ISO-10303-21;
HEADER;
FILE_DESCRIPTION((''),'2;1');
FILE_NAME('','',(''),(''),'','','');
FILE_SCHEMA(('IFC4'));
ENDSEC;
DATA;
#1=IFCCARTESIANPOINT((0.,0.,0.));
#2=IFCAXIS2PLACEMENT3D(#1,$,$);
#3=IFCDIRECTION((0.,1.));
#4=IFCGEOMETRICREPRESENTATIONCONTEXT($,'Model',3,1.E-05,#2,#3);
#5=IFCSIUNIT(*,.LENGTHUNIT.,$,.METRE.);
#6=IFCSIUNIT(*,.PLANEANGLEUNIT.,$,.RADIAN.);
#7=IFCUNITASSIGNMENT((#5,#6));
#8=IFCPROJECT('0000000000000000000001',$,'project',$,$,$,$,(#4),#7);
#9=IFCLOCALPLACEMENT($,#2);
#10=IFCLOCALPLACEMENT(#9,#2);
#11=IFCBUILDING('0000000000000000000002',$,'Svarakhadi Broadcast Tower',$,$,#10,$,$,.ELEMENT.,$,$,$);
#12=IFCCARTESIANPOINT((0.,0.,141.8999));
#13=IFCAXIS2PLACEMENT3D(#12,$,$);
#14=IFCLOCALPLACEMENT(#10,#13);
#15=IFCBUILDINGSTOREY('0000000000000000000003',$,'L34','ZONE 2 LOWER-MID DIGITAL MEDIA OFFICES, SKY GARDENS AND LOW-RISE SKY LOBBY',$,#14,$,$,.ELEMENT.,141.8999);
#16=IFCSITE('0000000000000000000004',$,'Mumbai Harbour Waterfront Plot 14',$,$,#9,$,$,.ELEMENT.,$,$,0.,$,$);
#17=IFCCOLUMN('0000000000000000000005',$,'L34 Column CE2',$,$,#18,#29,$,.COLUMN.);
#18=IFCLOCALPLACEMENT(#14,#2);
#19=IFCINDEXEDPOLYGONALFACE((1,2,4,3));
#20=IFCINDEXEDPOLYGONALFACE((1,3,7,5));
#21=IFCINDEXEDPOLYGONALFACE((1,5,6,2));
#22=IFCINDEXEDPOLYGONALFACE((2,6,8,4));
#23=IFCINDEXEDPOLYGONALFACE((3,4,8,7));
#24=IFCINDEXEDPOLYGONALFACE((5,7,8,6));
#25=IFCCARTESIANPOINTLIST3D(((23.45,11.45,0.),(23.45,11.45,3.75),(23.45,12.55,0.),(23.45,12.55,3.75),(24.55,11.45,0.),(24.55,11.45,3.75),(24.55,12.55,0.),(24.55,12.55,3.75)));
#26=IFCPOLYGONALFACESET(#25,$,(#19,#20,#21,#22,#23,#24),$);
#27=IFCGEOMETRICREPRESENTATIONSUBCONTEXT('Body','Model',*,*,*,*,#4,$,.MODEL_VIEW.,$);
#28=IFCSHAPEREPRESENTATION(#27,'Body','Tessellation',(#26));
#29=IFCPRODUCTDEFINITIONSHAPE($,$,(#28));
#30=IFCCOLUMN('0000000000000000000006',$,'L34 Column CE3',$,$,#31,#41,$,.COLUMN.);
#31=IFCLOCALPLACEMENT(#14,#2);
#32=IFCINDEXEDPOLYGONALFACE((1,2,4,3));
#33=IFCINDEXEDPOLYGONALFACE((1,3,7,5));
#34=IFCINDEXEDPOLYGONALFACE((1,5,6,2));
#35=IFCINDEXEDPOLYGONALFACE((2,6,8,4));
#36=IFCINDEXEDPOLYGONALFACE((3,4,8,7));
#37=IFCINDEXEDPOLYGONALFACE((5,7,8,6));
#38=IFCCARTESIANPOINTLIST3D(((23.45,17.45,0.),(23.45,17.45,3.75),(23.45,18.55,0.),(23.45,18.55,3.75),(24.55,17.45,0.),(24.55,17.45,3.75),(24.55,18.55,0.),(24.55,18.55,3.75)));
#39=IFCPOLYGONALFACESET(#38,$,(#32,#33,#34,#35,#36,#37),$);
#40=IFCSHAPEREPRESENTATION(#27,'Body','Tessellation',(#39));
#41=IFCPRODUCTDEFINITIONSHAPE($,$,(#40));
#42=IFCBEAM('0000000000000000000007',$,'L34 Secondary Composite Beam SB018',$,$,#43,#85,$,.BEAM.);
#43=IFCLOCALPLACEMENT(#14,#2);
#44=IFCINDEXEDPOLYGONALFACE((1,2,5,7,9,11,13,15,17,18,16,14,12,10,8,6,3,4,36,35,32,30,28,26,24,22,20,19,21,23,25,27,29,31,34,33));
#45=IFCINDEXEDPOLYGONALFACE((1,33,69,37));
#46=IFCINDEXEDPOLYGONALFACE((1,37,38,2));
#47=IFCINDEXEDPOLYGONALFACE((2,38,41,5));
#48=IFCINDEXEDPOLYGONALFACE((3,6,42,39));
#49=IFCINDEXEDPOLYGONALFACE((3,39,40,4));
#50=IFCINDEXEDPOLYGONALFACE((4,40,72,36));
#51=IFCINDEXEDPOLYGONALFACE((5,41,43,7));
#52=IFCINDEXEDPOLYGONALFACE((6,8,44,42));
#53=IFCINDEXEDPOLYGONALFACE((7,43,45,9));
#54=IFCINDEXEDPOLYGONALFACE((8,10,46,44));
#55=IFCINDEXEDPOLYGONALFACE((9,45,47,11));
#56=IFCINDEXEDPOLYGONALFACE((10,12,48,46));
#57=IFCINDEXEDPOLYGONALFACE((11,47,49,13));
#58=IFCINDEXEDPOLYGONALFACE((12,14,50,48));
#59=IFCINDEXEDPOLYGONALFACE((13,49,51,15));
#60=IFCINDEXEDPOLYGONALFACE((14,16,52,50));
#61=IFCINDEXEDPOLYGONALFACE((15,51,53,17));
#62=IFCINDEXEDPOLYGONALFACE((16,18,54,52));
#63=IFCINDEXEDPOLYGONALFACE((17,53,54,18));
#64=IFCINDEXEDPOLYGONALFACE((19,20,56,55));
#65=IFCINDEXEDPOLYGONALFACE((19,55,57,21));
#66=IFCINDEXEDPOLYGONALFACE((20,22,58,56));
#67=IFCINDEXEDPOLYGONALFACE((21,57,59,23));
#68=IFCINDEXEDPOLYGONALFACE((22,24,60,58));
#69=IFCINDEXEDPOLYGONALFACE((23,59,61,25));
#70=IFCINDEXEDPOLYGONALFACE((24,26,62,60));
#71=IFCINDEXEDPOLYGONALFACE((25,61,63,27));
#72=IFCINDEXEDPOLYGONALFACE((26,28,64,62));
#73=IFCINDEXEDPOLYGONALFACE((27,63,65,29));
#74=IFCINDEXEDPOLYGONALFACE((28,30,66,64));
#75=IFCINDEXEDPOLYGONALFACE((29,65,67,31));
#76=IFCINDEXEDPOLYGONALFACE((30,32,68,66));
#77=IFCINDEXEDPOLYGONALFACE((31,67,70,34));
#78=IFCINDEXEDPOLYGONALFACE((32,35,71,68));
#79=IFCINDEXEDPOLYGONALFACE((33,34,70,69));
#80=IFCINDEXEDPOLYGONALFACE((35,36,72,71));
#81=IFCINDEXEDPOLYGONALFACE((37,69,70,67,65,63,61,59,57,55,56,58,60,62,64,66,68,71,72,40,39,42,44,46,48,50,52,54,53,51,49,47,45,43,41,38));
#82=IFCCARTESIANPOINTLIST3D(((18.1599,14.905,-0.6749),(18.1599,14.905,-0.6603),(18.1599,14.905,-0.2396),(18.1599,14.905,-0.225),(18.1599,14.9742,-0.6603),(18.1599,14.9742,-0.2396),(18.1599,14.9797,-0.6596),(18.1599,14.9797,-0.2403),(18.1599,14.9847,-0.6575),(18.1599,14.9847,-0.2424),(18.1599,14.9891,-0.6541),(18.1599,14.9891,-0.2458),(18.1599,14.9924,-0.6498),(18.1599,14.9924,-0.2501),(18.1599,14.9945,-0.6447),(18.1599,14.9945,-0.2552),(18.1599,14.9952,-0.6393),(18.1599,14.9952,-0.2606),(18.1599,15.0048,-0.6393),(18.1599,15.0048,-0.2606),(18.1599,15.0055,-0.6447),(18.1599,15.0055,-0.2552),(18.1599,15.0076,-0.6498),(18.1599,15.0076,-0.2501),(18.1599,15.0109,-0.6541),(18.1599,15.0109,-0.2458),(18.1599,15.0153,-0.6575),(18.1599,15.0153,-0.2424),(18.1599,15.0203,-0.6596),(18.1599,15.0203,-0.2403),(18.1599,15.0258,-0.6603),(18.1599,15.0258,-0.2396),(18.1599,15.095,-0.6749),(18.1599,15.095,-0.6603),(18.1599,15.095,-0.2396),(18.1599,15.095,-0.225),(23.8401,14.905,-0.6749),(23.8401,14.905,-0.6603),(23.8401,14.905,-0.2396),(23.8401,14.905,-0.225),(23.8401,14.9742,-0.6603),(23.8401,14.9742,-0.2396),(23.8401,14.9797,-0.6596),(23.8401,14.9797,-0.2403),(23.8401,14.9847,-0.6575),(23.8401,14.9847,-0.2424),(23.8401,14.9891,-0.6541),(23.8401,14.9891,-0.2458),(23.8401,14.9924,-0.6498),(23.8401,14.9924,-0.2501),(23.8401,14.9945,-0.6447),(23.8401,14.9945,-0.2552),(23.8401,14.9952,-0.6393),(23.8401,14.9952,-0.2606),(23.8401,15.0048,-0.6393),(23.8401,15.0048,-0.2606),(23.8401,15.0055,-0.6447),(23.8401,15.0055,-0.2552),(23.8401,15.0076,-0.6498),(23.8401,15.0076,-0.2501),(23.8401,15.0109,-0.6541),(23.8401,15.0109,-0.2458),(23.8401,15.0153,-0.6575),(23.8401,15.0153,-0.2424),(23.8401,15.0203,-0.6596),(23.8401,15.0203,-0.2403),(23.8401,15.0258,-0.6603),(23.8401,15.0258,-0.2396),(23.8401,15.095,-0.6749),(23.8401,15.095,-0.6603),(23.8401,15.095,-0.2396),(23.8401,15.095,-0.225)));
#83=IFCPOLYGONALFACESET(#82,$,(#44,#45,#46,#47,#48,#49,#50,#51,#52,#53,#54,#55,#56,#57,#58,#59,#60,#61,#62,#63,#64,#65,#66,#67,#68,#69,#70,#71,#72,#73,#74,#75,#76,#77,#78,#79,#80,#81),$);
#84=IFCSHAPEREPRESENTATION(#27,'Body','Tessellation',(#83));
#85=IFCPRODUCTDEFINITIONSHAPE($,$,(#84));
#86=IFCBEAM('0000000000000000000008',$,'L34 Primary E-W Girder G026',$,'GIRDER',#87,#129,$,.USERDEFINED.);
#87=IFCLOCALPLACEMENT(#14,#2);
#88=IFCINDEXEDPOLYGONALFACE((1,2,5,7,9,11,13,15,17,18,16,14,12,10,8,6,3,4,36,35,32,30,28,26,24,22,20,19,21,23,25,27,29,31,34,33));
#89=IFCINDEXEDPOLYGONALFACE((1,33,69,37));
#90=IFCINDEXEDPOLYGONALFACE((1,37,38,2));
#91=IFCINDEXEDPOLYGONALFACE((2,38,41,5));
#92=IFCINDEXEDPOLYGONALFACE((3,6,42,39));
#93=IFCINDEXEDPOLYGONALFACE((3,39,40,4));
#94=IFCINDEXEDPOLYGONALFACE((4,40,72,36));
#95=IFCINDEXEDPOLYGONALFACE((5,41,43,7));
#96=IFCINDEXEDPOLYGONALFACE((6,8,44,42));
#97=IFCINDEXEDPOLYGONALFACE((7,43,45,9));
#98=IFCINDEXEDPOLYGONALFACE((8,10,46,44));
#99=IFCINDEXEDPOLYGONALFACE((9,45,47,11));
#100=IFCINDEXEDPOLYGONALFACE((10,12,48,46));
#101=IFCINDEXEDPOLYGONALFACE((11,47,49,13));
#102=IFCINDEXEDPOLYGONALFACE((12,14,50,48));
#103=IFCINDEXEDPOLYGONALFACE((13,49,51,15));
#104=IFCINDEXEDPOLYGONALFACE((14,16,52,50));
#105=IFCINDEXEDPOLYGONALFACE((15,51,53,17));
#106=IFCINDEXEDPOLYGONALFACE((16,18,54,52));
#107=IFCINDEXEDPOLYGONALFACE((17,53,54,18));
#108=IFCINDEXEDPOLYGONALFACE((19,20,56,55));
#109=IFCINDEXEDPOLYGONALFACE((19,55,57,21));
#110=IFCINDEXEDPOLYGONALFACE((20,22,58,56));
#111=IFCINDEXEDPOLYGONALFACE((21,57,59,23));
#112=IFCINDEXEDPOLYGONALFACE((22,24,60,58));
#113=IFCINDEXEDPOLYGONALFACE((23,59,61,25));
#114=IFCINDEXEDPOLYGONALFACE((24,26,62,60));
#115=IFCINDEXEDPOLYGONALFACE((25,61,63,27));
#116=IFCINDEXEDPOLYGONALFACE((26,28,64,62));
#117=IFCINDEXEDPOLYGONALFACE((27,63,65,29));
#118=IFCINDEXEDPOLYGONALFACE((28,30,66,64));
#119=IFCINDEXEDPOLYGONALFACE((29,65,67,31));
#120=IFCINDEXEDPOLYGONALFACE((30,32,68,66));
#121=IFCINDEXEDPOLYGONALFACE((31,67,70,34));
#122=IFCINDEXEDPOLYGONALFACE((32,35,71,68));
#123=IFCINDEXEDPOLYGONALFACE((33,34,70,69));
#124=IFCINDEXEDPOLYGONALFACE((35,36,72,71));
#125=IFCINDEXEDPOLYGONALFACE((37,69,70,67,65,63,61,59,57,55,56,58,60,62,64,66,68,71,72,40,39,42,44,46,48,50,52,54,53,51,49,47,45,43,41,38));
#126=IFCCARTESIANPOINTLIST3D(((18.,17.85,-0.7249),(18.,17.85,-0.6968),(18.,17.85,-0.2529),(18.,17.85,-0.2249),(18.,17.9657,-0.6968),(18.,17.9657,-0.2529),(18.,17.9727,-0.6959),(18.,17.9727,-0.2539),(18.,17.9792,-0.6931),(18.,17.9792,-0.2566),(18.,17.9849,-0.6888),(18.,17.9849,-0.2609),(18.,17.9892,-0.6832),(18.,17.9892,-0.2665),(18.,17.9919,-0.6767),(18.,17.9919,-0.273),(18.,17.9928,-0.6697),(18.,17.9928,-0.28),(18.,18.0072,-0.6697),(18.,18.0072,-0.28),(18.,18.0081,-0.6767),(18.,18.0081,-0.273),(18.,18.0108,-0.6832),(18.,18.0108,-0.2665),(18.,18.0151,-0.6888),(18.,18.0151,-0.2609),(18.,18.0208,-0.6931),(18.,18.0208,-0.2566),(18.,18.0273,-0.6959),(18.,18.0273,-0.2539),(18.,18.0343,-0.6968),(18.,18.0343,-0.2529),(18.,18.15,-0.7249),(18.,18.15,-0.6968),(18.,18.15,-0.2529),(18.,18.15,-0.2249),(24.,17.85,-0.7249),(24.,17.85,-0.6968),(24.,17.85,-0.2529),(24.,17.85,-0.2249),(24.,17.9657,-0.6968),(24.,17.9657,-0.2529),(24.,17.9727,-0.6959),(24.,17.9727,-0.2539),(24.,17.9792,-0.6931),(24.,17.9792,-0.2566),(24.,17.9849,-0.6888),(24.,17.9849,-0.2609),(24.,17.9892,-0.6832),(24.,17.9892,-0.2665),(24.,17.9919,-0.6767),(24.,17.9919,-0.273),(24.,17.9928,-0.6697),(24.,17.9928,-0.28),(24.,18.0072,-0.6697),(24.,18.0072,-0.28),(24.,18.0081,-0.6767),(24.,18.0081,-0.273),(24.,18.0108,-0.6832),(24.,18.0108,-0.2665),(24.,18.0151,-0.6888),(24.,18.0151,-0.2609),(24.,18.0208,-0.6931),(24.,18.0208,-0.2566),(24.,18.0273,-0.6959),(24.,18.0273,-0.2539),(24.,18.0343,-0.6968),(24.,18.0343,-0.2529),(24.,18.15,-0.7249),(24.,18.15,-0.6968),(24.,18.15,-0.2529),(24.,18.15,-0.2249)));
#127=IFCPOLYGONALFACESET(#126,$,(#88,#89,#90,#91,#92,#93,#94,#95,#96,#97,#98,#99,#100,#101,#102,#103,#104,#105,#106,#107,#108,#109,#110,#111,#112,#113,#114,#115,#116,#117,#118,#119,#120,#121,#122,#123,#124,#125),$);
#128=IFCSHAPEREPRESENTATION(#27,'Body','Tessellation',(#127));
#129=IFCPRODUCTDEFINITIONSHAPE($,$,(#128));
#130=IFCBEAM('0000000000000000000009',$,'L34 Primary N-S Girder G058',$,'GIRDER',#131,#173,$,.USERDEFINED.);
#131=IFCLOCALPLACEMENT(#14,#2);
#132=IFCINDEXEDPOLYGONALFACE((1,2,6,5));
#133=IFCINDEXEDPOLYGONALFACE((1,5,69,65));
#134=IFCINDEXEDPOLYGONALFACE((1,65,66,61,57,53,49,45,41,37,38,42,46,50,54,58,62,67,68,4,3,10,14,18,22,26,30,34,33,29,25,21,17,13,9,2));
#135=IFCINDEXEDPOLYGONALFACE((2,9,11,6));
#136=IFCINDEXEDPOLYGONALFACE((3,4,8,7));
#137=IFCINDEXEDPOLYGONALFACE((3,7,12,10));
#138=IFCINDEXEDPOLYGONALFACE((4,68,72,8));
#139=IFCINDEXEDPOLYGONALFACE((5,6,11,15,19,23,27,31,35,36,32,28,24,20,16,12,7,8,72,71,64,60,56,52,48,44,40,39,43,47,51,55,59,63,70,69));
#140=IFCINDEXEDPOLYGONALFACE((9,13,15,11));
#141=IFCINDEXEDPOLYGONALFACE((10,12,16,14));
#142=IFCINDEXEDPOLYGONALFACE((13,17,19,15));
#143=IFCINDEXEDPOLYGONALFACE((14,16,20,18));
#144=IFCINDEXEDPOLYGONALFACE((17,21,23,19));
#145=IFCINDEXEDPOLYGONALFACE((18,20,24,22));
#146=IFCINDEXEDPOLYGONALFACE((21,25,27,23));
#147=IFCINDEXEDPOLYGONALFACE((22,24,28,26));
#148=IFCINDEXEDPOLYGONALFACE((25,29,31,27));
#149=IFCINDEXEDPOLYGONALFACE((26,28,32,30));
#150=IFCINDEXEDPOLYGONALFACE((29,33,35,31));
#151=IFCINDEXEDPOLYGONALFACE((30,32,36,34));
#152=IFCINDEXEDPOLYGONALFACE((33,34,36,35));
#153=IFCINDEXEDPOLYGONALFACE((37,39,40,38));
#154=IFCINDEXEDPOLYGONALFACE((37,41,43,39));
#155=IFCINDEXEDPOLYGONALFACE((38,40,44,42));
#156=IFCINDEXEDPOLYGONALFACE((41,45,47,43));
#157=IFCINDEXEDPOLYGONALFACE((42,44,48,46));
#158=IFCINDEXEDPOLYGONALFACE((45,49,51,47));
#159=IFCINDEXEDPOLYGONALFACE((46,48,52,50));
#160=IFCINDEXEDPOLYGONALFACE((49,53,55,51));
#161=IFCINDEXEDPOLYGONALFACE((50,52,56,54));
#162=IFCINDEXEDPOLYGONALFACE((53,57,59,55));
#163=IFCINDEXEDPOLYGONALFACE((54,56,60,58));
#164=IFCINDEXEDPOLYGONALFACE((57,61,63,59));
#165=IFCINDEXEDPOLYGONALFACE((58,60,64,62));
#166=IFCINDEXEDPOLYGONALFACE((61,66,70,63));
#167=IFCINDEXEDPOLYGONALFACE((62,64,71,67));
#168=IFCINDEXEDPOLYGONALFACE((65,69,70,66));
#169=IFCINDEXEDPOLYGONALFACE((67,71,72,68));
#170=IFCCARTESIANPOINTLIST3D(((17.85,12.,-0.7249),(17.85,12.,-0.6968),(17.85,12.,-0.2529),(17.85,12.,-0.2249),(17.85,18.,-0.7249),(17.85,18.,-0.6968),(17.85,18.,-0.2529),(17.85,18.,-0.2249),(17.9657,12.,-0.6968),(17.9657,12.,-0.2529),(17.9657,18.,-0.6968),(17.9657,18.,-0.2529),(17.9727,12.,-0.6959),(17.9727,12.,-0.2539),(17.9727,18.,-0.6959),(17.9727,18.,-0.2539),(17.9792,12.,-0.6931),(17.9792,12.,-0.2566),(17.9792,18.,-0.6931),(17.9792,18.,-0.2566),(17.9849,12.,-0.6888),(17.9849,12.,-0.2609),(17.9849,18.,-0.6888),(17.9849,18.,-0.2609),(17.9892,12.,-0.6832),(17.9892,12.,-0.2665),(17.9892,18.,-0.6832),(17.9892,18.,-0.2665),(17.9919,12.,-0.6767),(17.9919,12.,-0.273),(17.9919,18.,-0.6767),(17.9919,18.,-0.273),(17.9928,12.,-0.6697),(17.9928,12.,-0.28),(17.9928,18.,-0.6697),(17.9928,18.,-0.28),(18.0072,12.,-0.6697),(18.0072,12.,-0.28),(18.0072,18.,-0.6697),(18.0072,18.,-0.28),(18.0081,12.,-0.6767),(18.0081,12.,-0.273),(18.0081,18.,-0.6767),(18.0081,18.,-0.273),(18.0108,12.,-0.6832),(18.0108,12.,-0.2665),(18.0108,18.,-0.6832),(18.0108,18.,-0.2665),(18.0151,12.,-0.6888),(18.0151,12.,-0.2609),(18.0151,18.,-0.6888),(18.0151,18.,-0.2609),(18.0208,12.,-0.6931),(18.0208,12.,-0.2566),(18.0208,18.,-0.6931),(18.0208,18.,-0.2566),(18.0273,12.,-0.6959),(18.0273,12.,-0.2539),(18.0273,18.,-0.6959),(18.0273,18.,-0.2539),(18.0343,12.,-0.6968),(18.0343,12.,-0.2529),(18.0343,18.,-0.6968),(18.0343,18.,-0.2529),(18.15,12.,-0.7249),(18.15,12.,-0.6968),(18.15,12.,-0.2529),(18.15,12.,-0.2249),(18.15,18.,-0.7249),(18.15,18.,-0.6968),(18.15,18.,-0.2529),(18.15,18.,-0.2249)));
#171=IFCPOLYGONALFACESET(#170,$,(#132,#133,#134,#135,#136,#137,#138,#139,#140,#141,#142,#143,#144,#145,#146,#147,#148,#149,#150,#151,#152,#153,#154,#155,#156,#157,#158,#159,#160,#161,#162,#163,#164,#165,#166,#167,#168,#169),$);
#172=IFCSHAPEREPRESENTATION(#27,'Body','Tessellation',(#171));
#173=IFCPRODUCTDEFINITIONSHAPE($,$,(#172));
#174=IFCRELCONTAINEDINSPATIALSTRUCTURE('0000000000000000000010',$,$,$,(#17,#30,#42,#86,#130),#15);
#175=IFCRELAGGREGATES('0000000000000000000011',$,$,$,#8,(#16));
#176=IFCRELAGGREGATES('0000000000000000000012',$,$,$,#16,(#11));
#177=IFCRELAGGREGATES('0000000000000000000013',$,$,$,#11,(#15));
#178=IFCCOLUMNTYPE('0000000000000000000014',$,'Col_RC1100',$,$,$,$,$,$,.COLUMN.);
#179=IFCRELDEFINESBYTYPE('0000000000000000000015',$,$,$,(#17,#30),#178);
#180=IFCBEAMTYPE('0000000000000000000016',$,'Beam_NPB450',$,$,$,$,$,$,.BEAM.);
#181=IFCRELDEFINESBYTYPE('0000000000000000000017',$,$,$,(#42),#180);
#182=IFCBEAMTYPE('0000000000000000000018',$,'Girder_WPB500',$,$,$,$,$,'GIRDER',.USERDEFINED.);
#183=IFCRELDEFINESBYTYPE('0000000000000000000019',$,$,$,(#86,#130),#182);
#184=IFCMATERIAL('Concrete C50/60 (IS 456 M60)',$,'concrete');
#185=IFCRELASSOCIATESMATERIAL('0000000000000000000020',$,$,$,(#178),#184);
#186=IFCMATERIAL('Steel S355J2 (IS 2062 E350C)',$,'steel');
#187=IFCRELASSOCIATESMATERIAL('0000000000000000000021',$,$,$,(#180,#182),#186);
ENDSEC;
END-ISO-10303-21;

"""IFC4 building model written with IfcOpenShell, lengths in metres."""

from ifc_helpers import new_model, si_unit, direction, frame, origin, origin_2d, place, context, subcontext, project, spatial, rectangle, i_section, extrude, material, material_profile, profile_set, type_object, element, save


model = new_model("IFC4")

# Units and contexts
model_context = context("Model", 3, precision=1e-05, world=origin(), true_north=direction((0.0, 1.0)))
body_context = subcontext(model_context, "Body", "Model", "MODEL_VIEW")
ifc_project = project(units=[si_unit("LENGTHUNIT", "METRE"), si_unit("PLANEANGLEUNIT", "RADIAN")], contexts=[model_context])

# Site, building, storey
site_placement = place(None, origin())
site = spatial("IfcSite", under=ifc_project, at=site_placement, Name="Mumbai Harbour Waterfront Plot 14", CompositionType="ELEMENT", RefElevation=0.0)
building_placement = place(site_placement, origin())
building = spatial("IfcBuilding", under=site, at=building_placement, Name="Svarakhadi Broadcast Tower", CompositionType="ELEMENT")
storey_placement = place(building_placement, frame((0.0, 0.0, 141.8999)))
storey = spatial("IfcBuildingStorey", under=building, at=storey_placement, Name="L34", Description="ZONE 2 LOWER-MID DIGITAL MEDIA OFFICES, SKY GARDENS AND LOW-RISE SKY LOBBY", CompositionType="ELEMENT", Elevation=141.8999)

# Columns
ifc_material_1 = material(Name="Concrete C50/60 (IS 456 M60)", Category="concrete")
ifc_material_profile_1 = material_profile(ifc_material_1, rectangle(XDim=1.1001, YDim=1.1001, at=origin_2d()), Name="RC 1100x1100")
ifc_profile_set_1 = profile_set([ifc_material_profile_1], Name="Concrete C50/60 (IS 456 M60)")
column_type = type_object("IfcColumnType", Name="Col_RC1100", PredefinedType="COLUMN", material=ifc_profile_set_1)
for number, where, z_axis, x_axis, name in (
    (1, (24.0, 12.0, 0.0), (0.0, 0.0, 1.0), (1.0, 0.0, 0.0), "L34 Column CE2"),
    (2, (24.0, 18.0, 0.0), (0.0, 0.0, 1.0), (1.0, 0.0, 0.0), "L34 Column CE3"),
):
    element("IfcColumn", number, at=place(storey_placement, frame(where, z_axis=z_axis, x_axis=x_axis)), inside=storey, type_object=column_type, Name=name, PredefinedType="COLUMN", context=body_context, shape_type="SweptSolid", body=[
        extrude(rectangle(XDim=1.1001, YDim=1.1001, at=origin_2d()), origin(), (0.0, 0.0, 1.0), 3.75),
    ])

# Beams
ifc_material_2 = material(Name="Steel S355J2 (IS 2062 E350C)", Category="steel")
ifc_material_profile_2 = material_profile(ifc_material_2, i_section(OverallWidth=0.1899, OverallDepth=0.45, WebThickness=0.0095, FlangeThickness=0.0146, FilletRadius=0.021, at=origin_2d()), Name="NPB 450x190x78")
ifc_profile_set_2 = profile_set([ifc_material_profile_2], Name="Steel S355J2 (IS 2062 E350C)")
beam_type_1 = type_object("IfcBeamType", Name="Beam_NPB450", PredefinedType="BEAM", material=ifc_profile_set_2)
beam_placement = place(storey_placement, frame((18.1599, 15.0, -0.45), z_axis=(1.0, 0.0, 0.0), x_axis=(0.0, 1.0, 0.0)))
element("IfcBeam", 3, at=beam_placement, inside=storey, type_object=beam_type_1, Name="L34 Secondary Composite Beam SB018", PredefinedType="BEAM", context=body_context, shape_type="SweptSolid", body=[
    extrude(i_section(OverallWidth=0.1899, OverallDepth=0.45, WebThickness=0.0095, FlangeThickness=0.0146, FilletRadius=0.021, at=origin_2d()), origin(), (0.0, 0.0, 1.0), 5.6802),
])
ifc_material_profile_3 = material_profile(ifc_material_2, i_section(OverallWidth=0.3, OverallDepth=0.5, WebThickness=0.0144, FlangeThickness=0.0281, FilletRadius=0.0271, at=origin_2d()), Name="WPB 500x300x187")
ifc_profile_set_3 = profile_set([ifc_material_profile_3], Name="Steel S355J2 (IS 2062 E350C)")
beam_type_2 = type_object("IfcBeamType", Name="Girder_WPB500", ElementType="GIRDER", PredefinedType="USERDEFINED", material=ifc_profile_set_3)
for number, where, z_axis, x_axis, name in (
    (4, (18.0, 18.0, -0.4749), (1.0, 0.0, 0.0), (0.0, 1.0, 0.0), "L34 Primary E-W Girder G026"),
    (5, (18.0, 12.0, -0.4749), (0.0, 1.0, 0.0), (-1.0, 0.0, 0.0), "L34 Primary N-S Girder G058"),
):
    element("IfcBeam", number, at=place(storey_placement, frame(where, z_axis=z_axis, x_axis=x_axis)), inside=storey, type_object=beam_type_2, Name=name, ObjectType="GIRDER", PredefinedType="USERDEFINED", context=body_context, shape_type="SweptSolid", body=[
        extrude(i_section(OverallWidth=0.3, OverallDepth=0.5, WebThickness=0.0144, FlangeThickness=0.0281, FilletRadius=0.0271, at=origin_2d()), origin(), (0.0, 0.0, 1.0), 6.0),
    ])

save(model, "model.ifc")
